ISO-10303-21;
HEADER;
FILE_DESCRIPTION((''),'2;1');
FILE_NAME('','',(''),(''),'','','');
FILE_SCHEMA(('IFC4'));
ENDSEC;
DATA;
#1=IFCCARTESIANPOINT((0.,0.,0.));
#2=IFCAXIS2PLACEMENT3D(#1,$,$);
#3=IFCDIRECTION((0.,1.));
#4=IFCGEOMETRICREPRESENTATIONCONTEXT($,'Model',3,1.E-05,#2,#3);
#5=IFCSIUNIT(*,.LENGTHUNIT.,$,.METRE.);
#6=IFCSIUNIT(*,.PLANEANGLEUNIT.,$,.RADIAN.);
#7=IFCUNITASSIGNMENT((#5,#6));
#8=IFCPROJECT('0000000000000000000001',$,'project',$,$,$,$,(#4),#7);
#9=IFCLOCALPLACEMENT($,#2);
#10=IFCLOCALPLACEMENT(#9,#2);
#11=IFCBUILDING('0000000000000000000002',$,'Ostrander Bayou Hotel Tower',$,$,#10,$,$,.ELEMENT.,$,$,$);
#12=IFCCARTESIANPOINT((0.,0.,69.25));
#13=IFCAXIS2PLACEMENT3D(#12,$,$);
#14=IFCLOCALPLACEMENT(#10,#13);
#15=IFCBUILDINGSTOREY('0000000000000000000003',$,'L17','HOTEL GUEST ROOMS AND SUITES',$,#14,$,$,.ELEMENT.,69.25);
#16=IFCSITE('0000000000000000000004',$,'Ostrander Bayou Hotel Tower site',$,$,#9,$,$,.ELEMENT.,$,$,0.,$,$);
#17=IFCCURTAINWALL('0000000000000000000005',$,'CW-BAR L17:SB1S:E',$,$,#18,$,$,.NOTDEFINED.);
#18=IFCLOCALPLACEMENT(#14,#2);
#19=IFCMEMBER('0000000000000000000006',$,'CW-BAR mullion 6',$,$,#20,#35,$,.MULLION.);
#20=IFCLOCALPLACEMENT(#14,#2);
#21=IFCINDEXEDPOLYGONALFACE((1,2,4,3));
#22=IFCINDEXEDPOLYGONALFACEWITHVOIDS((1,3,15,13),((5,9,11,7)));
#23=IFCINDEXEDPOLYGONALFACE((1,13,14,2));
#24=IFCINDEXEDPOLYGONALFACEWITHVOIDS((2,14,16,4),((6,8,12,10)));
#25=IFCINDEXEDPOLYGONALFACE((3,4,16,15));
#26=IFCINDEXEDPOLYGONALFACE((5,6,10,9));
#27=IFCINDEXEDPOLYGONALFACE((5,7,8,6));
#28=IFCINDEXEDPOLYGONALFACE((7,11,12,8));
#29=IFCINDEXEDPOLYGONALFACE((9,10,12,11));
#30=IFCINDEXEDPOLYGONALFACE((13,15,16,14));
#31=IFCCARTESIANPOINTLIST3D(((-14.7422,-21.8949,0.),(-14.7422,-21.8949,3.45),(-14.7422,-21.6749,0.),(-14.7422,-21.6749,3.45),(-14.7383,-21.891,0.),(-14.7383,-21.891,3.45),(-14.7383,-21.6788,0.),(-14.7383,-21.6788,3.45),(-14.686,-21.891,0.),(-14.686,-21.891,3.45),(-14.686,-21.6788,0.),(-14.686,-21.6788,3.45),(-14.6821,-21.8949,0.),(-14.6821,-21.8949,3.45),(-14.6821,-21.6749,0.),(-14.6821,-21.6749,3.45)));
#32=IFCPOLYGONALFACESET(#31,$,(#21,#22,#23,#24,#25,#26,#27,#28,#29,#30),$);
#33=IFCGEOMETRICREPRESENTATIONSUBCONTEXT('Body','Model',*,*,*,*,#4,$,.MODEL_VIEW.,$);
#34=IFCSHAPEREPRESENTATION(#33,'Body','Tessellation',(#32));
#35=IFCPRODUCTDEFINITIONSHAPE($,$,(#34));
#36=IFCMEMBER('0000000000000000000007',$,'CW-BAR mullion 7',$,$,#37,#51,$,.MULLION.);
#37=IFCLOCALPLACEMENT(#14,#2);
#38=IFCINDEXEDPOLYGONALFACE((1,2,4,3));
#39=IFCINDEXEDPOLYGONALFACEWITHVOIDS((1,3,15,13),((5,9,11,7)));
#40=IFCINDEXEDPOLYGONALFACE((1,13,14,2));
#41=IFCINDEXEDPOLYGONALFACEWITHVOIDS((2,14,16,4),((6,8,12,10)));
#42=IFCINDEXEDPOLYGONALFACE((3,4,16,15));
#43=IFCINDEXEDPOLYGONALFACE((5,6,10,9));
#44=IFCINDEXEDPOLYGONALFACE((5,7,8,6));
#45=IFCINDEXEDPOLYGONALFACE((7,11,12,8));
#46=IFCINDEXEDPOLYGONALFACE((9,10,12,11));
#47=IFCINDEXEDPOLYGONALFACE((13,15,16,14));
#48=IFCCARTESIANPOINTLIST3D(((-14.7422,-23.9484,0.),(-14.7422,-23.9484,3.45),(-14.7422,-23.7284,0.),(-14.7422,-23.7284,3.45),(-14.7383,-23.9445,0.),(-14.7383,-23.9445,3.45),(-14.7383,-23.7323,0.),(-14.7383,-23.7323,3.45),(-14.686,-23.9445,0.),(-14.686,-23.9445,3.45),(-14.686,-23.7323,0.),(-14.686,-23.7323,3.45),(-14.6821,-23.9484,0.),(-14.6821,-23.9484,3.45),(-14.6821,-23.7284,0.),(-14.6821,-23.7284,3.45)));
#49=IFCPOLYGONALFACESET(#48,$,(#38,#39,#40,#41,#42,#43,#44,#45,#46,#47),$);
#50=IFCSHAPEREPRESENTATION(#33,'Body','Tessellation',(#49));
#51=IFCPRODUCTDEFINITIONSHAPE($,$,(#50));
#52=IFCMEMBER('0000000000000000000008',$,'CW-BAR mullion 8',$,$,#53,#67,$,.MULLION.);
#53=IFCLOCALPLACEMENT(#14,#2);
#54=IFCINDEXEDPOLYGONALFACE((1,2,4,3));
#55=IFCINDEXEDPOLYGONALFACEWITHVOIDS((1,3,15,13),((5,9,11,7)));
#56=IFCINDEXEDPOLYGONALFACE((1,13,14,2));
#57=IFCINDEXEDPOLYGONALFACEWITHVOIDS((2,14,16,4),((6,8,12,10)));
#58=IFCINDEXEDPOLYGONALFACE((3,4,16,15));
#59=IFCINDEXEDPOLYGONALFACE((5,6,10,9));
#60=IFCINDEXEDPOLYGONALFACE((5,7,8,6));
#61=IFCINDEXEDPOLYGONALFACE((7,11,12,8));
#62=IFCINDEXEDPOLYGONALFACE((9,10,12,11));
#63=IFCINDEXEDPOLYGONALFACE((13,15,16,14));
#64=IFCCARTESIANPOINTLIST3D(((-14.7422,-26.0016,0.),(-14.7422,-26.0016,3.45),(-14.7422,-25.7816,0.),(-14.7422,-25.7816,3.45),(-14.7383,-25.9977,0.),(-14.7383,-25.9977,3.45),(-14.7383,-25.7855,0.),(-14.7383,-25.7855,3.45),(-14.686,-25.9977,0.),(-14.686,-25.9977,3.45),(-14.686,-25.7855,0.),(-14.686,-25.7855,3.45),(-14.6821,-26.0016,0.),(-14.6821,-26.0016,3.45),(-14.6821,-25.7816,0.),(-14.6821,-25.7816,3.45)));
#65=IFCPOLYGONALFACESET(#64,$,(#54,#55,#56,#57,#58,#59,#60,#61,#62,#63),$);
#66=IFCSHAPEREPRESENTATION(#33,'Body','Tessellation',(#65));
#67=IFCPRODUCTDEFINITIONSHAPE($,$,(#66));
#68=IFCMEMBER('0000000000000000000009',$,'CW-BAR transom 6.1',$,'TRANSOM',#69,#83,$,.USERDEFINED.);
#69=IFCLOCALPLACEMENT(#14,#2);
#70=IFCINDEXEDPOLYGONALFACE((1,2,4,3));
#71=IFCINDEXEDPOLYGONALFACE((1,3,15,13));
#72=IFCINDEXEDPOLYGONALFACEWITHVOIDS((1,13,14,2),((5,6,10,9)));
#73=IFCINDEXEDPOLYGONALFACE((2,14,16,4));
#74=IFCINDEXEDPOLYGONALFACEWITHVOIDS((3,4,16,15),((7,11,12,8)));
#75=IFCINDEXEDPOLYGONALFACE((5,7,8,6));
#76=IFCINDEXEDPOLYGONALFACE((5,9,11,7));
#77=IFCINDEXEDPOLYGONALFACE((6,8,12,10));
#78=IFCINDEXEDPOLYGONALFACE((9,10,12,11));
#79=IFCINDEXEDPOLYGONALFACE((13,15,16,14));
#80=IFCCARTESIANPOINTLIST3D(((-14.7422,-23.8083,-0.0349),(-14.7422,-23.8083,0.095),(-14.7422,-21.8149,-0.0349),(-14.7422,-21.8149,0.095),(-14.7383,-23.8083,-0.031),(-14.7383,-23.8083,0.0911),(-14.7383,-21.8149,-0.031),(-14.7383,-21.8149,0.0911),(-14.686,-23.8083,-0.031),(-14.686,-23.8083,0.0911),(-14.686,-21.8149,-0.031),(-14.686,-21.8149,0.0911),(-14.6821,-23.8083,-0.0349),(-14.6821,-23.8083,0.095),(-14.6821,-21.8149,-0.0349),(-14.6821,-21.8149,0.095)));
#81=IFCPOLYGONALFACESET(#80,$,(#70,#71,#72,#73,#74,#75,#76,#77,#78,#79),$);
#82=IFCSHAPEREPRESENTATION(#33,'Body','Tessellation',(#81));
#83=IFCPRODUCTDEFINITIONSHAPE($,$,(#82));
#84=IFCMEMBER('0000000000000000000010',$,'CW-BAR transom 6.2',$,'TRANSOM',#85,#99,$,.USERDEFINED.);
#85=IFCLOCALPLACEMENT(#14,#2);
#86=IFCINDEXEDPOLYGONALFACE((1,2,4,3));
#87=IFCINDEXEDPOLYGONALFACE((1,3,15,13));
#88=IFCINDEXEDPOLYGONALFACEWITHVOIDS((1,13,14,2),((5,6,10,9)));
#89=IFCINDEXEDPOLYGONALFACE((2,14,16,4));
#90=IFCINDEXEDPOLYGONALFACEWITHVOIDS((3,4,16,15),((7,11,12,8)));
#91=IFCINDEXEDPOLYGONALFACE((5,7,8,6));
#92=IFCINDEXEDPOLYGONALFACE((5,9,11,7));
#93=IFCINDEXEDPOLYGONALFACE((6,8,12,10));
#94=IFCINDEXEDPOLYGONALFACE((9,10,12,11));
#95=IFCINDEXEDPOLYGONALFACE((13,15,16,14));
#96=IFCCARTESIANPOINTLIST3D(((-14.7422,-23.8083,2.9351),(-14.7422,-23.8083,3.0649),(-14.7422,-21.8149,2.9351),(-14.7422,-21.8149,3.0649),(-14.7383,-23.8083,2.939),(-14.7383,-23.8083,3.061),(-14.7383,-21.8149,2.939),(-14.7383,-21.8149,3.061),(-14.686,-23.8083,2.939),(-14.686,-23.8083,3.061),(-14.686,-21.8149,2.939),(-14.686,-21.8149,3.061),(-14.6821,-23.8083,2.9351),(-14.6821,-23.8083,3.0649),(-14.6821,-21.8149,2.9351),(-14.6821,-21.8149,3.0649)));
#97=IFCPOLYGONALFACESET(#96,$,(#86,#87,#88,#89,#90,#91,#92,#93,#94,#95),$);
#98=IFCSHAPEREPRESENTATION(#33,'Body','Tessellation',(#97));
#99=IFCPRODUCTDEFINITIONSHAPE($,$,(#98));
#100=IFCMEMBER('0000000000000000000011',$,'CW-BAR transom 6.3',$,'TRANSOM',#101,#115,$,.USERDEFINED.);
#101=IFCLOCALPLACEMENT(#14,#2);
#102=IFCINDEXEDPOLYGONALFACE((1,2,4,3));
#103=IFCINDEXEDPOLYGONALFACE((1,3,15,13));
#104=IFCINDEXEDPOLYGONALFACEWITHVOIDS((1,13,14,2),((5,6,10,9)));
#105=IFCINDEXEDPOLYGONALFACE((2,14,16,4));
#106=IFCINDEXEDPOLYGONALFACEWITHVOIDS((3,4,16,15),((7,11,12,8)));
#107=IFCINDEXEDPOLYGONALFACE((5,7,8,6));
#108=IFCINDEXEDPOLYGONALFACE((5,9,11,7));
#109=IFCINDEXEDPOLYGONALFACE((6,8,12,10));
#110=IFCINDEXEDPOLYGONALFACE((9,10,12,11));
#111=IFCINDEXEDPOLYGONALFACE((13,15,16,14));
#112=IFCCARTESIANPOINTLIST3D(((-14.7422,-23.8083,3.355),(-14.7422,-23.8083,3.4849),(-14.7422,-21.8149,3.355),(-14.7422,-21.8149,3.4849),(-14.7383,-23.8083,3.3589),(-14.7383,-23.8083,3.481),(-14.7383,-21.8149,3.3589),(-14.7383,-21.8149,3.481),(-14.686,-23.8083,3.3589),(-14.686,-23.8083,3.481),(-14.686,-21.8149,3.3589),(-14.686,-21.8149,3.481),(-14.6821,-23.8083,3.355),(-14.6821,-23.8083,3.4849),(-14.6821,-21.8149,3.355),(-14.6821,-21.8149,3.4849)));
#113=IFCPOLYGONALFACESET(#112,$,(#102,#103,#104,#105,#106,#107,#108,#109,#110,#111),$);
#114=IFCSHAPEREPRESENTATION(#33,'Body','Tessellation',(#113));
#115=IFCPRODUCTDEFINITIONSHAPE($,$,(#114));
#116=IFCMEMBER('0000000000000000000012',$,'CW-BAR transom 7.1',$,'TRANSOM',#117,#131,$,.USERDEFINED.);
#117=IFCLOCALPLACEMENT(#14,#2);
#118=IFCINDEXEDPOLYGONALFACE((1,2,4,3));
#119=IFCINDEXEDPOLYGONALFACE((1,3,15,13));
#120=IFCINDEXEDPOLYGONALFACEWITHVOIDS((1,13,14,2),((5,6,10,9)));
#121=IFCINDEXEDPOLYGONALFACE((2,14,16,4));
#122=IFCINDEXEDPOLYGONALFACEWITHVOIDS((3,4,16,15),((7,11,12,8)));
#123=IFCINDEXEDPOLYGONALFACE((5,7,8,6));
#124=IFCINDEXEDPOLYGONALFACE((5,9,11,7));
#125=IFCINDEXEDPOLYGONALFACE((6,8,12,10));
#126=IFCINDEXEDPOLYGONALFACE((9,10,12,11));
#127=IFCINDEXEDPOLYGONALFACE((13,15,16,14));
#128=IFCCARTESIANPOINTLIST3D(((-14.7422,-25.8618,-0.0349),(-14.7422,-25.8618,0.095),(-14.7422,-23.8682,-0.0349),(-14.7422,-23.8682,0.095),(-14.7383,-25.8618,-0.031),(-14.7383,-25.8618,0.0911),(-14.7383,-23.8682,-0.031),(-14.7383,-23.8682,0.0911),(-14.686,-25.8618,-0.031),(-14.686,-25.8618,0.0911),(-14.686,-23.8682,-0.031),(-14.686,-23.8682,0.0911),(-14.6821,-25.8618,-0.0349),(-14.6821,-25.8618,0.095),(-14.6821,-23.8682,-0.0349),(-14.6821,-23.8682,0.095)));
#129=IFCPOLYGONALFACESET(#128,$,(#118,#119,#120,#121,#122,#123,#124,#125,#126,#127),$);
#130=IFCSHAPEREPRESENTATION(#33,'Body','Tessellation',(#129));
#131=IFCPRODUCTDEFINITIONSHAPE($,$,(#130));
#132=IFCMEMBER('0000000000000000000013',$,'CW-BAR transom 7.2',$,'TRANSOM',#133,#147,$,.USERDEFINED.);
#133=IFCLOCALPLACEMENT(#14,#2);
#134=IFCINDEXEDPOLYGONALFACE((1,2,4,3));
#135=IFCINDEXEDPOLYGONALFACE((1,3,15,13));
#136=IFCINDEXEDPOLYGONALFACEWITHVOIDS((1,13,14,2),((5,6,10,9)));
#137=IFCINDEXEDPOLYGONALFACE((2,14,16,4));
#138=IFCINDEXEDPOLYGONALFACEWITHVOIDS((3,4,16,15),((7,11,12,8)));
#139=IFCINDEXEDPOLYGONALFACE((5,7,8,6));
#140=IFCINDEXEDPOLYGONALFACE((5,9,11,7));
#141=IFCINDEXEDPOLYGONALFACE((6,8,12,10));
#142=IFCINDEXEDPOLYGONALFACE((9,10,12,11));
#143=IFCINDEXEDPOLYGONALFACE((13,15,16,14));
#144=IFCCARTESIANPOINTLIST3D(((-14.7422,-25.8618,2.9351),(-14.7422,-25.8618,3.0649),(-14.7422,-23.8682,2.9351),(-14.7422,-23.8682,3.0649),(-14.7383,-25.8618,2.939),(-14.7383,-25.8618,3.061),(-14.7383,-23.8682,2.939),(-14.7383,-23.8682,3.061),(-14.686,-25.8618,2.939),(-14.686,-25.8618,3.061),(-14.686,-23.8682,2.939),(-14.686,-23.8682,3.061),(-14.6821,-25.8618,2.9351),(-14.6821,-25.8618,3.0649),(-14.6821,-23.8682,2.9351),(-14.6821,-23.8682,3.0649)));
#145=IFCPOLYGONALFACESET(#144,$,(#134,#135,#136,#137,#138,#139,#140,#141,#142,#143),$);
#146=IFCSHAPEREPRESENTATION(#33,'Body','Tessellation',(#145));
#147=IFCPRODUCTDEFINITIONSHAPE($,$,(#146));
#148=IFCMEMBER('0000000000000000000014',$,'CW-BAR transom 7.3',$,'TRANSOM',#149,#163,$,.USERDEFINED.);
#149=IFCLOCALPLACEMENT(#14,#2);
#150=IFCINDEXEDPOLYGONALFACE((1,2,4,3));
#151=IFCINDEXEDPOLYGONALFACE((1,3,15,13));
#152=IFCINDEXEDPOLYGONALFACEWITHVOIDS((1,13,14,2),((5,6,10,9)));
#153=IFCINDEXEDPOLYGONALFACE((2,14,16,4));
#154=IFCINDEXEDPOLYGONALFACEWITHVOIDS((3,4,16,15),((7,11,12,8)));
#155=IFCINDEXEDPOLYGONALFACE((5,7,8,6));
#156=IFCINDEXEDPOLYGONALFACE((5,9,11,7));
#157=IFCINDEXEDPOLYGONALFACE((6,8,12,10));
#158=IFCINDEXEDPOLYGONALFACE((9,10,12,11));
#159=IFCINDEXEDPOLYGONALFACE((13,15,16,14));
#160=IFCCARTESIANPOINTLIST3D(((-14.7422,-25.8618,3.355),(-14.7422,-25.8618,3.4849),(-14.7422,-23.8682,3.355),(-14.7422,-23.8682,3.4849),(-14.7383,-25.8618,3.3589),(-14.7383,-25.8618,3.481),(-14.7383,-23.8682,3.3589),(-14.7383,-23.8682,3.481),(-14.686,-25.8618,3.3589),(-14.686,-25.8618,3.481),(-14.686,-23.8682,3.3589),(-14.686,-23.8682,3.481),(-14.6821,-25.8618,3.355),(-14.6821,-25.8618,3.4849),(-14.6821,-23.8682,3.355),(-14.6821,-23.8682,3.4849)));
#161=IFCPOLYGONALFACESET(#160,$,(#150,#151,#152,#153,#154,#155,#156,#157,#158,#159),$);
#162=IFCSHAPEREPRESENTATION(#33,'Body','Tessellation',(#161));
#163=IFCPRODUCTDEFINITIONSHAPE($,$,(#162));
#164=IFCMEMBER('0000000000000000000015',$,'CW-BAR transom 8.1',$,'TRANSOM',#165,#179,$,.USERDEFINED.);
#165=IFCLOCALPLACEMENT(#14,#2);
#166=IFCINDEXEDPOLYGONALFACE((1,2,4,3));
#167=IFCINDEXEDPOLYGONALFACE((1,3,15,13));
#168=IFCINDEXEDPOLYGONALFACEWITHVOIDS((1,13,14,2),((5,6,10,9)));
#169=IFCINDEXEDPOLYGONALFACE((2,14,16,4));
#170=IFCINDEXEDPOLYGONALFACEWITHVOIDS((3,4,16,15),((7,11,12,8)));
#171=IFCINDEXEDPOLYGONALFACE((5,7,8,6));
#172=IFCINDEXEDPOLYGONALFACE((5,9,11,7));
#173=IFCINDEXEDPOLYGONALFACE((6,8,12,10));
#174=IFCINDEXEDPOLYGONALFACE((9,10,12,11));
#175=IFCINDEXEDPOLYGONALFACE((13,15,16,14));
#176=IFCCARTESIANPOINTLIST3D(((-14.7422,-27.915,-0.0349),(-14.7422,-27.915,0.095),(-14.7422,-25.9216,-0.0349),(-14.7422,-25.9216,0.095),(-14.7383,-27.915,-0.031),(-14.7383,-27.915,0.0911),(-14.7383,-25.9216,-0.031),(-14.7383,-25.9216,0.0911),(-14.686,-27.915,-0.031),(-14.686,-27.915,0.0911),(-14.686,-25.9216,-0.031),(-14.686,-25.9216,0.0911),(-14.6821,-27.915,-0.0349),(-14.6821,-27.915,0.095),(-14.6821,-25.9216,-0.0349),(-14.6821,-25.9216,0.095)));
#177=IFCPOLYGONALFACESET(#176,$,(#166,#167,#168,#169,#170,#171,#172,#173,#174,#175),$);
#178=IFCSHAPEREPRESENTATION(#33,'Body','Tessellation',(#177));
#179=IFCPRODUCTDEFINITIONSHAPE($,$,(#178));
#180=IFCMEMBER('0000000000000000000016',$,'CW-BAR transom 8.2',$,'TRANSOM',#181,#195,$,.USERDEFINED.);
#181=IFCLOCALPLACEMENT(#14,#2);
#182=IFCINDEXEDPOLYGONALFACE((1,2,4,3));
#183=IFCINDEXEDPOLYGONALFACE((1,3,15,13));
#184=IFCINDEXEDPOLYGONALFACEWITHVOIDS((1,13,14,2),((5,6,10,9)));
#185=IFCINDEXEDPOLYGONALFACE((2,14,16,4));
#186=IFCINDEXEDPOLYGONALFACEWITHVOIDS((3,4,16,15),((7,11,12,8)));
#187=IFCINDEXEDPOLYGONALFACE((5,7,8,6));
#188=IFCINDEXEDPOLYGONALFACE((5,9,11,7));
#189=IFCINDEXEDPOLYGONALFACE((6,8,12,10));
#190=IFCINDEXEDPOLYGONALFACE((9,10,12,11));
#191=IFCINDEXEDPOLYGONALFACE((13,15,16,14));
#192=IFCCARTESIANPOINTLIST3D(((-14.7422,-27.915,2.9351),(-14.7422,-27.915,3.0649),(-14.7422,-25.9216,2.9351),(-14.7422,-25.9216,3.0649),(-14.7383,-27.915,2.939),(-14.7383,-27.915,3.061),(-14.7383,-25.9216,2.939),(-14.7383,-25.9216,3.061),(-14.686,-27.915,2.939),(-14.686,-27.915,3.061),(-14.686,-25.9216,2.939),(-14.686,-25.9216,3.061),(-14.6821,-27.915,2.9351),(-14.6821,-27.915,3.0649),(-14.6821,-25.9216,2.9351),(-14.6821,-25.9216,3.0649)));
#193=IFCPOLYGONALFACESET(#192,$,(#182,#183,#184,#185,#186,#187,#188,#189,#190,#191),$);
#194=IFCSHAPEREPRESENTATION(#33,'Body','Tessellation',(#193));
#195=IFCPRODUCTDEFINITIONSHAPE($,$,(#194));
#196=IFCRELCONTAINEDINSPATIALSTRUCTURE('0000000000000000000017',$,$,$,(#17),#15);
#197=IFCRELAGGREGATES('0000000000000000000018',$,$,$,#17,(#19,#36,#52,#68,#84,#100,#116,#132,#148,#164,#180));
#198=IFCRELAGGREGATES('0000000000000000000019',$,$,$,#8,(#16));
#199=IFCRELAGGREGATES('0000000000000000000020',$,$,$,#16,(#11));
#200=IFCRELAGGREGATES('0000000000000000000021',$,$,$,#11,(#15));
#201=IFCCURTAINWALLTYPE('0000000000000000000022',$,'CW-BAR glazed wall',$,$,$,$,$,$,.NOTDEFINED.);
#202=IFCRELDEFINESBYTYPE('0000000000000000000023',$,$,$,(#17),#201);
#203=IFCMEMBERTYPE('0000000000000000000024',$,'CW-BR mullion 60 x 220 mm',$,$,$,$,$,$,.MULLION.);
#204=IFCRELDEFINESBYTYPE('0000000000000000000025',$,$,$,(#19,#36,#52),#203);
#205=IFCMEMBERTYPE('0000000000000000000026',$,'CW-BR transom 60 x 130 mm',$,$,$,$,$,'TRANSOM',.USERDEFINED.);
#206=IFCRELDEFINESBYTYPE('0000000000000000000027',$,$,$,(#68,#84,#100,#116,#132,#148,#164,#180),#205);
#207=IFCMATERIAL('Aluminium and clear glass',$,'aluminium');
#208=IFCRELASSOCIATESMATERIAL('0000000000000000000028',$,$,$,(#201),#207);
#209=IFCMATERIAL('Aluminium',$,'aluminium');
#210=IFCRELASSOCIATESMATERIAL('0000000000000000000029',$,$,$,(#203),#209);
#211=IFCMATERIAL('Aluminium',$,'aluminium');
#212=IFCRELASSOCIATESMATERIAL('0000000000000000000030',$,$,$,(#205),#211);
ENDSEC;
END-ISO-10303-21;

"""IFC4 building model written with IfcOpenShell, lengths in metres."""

from ifc_helpers import new_model, si_unit, direction, frame, origin, origin_2d, place, context, subcontext, project, spatial, hollow_rectangle, extrude, material, material_profile, profile_set, type_object, element, aggregate, save


model = new_model("IFC4")

# Units and contexts
model_context = context("Model", 3, precision=1e-05, world=origin(), true_north=direction((0.0, 1.0)))
body_context = subcontext(model_context, "Body", "Model", "MODEL_VIEW")
ifc_project = project(units=[si_unit("LENGTHUNIT", "METRE"), si_unit("PLANEANGLEUNIT", "RADIAN")], contexts=[model_context])

# Site, building, storey
site_placement = place(None, origin())
site = spatial("IfcSite", under=ifc_project, at=site_placement, Name="Ostrander Bayou Hotel Tower site", CompositionType="ELEMENT", RefElevation=0.0)
building_placement = place(site_placement, origin())
building = spatial("IfcBuilding", under=site, at=building_placement, Name="Ostrander Bayou Hotel Tower", CompositionType="ELEMENT")
storey_placement = place(building_placement, frame((0.0, 0.0, 69.25)))
storey = spatial("IfcBuildingStorey", under=building, at=storey_placement, Name="L17", Description="HOTEL GUEST ROOMS AND SUITES", CompositionType="ELEMENT", Elevation=69.25)

# Curtain wall, members
ifc_material_1 = material(Name="Aluminium and clear glass", Category="aluminium")
curtain_wall_type = type_object("IfcCurtainWallType", Name="CW-BAR glazed wall", PredefinedType="NOTDEFINED", material=ifc_material_1)
curtain_wall_placement = place(storey_placement, origin())
curtain_wall = element("IfcCurtainWall", 1, at=curtain_wall_placement, inside=storey, type_object=curtain_wall_type, Name="CW-BAR L17:SB1S:E", PredefinedType="NOTDEFINED")
ifc_material_2 = material(Name="Aluminium", Category="aluminium")
ifc_material_profile_1 = material_profile(ifc_material_2, hollow_rectangle(XDim=0.0601, YDim=0.22, WallThickness=0.0039, at=origin_2d()))
ifc_profile_set_1 = profile_set([ifc_material_profile_1], Name="Aluminium")
member_type_1 = type_object("IfcMemberType", Name="CW-BR mullion 60 x 220 mm", PredefinedType="MULLION", material=ifc_profile_set_1)
member_1_placement = place(storey_placement, frame((-14.7122, -21.7849, 0.0), z_axis=(0.0, 0.0, 1.0), x_axis=(1.0, 0.0, 0.0)))
member_1 = element("IfcMember", 2, at=member_1_placement, type_object=member_type_1, Name="CW-BAR mullion 6", PredefinedType="MULLION", context=body_context, shape_type="SweptSolid", body=[
    extrude(hollow_rectangle(XDim=0.0601, YDim=0.22, WallThickness=0.0039, at=origin_2d()), origin(), (0.0, 0.0, 1.0), 3.45),
])
member_2_placement = place(storey_placement, frame((-14.7122, -23.8384, 0.0), z_axis=(0.0, 0.0, 1.0), x_axis=(1.0, 0.0, 0.0)))
member_2 = element("IfcMember", 3, at=member_2_placement, type_object=member_type_1, Name="CW-BAR mullion 7", PredefinedType="MULLION", context=body_context, shape_type="SweptSolid", body=[
    extrude(hollow_rectangle(XDim=0.0601, YDim=0.22, WallThickness=0.0039, at=origin_2d()), origin(), (0.0, 0.0, 1.0), 3.45),
])
member_3_placement = place(storey_placement, frame((-14.7122, -25.8916, 0.0), z_axis=(0.0, 0.0, 1.0), x_axis=(1.0, 0.0, 0.0)))
member_3 = element("IfcMember", 4, at=member_3_placement, type_object=member_type_1, Name="CW-BAR mullion 8", PredefinedType="MULLION", context=body_context, shape_type="SweptSolid", body=[
    extrude(hollow_rectangle(XDim=0.0601, YDim=0.22, WallThickness=0.0039, at=origin_2d()), origin(), (0.0, 0.0, 1.0), 3.45),
])
ifc_material_3 = material(Name="Aluminium", Category="aluminium")
ifc_material_profile_2 = material_profile(ifc_material_3, hollow_rectangle(XDim=0.0601, YDim=0.1299, WallThickness=0.0039, at=origin_2d()))
ifc_profile_set_2 = profile_set([ifc_material_profile_2], Name="Aluminium")
member_type_2 = type_object("IfcMemberType", Name="CW-BR transom 60 x 130 mm", ElementType="TRANSOM", PredefinedType="USERDEFINED", material=ifc_profile_set_2)
member_4_placement = place(storey_placement, frame((-14.7122, -21.8149, 0.03), z_axis=(0.0, -1.0, 0.0), x_axis=(1.0, 0.0, 0.0)))
member_4 = element("IfcMember", 5, at=member_4_placement, type_object=member_type_2, Name="CW-BAR transom 6.1", ObjectType="TRANSOM", PredefinedType="USERDEFINED", context=body_context, shape_type="SweptSolid", body=[
    extrude(hollow_rectangle(XDim=0.0601, YDim=0.1299, WallThickness=0.0039, at=origin_2d()), origin(), (0.0, 0.0, 1.0), 1.9934),
])
member_5_placement = place(storey_placement, frame((-14.7122, -21.8149, 3.0), z_axis=(0.0, -1.0, 0.0), x_axis=(1.0, 0.0, 0.0)))
member_5 = element("IfcMember", 6, at=member_5_placement, type_object=member_type_2, Name="CW-BAR transom 6.2", ObjectType="TRANSOM", PredefinedType="USERDEFINED", context=body_context, shape_type="SweptSolid", body=[
    extrude(hollow_rectangle(XDim=0.0601, YDim=0.1299, WallThickness=0.0039, at=origin_2d()), origin(), (0.0, 0.0, 1.0), 1.9934),
])
member_6_placement = place(storey_placement, frame((-14.7122, -21.8149, 3.4199), z_axis=(0.0, -1.0, 0.0), x_axis=(1.0, 0.0, 0.0)))
member_6 = element("IfcMember", 7, at=member_6_placement, type_object=member_type_2, Name="CW-BAR transom 6.3", ObjectType="TRANSOM", PredefinedType="USERDEFINED", context=body_context, shape_type="SweptSolid", body=[
    extrude(hollow_rectangle(XDim=0.0601, YDim=0.1299, WallThickness=0.0039, at=origin_2d()), origin(), (0.0, 0.0, 1.0), 1.9934),
])
member_7_placement = place(storey_placement, frame((-14.7122, -23.8682, 0.03), z_axis=(0.0, -1.0, 0.0), x_axis=(1.0, 0.0, 0.0)))
member_7 = element("IfcMember", 8, at=member_7_placement, type_object=member_type_2, Name="CW-BAR transom 7.1", ObjectType="TRANSOM", PredefinedType="USERDEFINED", context=body_context, shape_type="SweptSolid", body=[
    extrude(hollow_rectangle(XDim=0.0601, YDim=0.1299, WallThickness=0.0039, at=origin_2d()), origin(), (0.0, 0.0, 1.0), 1.9937),
])
member_8_placement = place(storey_placement, frame((-14.7122, -23.8682, 3.0), z_axis=(0.0, -1.0, 0.0), x_axis=(1.0, 0.0, 0.0)))
member_8 = element("IfcMember", 9, at=member_8_placement, type_object=member_type_2, Name="CW-BAR transom 7.2", ObjectType="TRANSOM", PredefinedType="USERDEFINED", context=body_context, shape_type="SweptSolid", body=[
    extrude(hollow_rectangle(XDim=0.0601, YDim=0.1299, WallThickness=0.0039, at=origin_2d()), origin(), (0.0, 0.0, 1.0), 1.9937),
])
member_9_placement = place(storey_placement, frame((-14.7122, -23.8682, 3.4199), z_axis=(0.0, -1.0, 0.0), x_axis=(1.0, 0.0, 0.0)))
member_9 = element("IfcMember", 10, at=member_9_placement, type_object=member_type_2, Name="CW-BAR transom 7.3", ObjectType="TRANSOM", PredefinedType="USERDEFINED", context=body_context, shape_type="SweptSolid", body=[
    extrude(hollow_rectangle(XDim=0.0601, YDim=0.1299, WallThickness=0.0039, at=origin_2d()), origin(), (0.0, 0.0, 1.0), 1.9937),
])
member_10_placement = place(storey_placement, frame((-14.7122, -25.9216, 0.03), z_axis=(0.0, -1.0, 0.0), x_axis=(1.0, 0.0, 0.0)))
member_10 = element("IfcMember", 11, at=member_10_placement, type_object=member_type_2, Name="CW-BAR transom 8.1", ObjectType="TRANSOM", PredefinedType="USERDEFINED", context=body_context, shape_type="SweptSolid", body=[
    extrude(hollow_rectangle(XDim=0.0601, YDim=0.1299, WallThickness=0.0039, at=origin_2d()), origin(), (0.0, 0.0, 1.0), 1.9934),
])
member_11_placement = place(storey_placement, frame((-14.7122, -25.9216, 3.0), z_axis=(0.0, -1.0, 0.0), x_axis=(1.0, 0.0, 0.0)))
member_11 = element("IfcMember", 12, at=member_11_placement, type_object=member_type_2, Name="CW-BAR transom 8.2", ObjectType="TRANSOM", PredefinedType="USERDEFINED", context=body_context, shape_type="SweptSolid", body=[
    extrude(hollow_rectangle(XDim=0.0601, YDim=0.1299, WallThickness=0.0039, at=origin_2d()), origin(), (0.0, 0.0, 1.0), 1.9934),
])

aggregate(curtain_wall, [member_1, member_2, member_3, member_4, member_5, member_6, member_7, member_8, member_9, member_10, member_11])

save(model, "model.ifc")
